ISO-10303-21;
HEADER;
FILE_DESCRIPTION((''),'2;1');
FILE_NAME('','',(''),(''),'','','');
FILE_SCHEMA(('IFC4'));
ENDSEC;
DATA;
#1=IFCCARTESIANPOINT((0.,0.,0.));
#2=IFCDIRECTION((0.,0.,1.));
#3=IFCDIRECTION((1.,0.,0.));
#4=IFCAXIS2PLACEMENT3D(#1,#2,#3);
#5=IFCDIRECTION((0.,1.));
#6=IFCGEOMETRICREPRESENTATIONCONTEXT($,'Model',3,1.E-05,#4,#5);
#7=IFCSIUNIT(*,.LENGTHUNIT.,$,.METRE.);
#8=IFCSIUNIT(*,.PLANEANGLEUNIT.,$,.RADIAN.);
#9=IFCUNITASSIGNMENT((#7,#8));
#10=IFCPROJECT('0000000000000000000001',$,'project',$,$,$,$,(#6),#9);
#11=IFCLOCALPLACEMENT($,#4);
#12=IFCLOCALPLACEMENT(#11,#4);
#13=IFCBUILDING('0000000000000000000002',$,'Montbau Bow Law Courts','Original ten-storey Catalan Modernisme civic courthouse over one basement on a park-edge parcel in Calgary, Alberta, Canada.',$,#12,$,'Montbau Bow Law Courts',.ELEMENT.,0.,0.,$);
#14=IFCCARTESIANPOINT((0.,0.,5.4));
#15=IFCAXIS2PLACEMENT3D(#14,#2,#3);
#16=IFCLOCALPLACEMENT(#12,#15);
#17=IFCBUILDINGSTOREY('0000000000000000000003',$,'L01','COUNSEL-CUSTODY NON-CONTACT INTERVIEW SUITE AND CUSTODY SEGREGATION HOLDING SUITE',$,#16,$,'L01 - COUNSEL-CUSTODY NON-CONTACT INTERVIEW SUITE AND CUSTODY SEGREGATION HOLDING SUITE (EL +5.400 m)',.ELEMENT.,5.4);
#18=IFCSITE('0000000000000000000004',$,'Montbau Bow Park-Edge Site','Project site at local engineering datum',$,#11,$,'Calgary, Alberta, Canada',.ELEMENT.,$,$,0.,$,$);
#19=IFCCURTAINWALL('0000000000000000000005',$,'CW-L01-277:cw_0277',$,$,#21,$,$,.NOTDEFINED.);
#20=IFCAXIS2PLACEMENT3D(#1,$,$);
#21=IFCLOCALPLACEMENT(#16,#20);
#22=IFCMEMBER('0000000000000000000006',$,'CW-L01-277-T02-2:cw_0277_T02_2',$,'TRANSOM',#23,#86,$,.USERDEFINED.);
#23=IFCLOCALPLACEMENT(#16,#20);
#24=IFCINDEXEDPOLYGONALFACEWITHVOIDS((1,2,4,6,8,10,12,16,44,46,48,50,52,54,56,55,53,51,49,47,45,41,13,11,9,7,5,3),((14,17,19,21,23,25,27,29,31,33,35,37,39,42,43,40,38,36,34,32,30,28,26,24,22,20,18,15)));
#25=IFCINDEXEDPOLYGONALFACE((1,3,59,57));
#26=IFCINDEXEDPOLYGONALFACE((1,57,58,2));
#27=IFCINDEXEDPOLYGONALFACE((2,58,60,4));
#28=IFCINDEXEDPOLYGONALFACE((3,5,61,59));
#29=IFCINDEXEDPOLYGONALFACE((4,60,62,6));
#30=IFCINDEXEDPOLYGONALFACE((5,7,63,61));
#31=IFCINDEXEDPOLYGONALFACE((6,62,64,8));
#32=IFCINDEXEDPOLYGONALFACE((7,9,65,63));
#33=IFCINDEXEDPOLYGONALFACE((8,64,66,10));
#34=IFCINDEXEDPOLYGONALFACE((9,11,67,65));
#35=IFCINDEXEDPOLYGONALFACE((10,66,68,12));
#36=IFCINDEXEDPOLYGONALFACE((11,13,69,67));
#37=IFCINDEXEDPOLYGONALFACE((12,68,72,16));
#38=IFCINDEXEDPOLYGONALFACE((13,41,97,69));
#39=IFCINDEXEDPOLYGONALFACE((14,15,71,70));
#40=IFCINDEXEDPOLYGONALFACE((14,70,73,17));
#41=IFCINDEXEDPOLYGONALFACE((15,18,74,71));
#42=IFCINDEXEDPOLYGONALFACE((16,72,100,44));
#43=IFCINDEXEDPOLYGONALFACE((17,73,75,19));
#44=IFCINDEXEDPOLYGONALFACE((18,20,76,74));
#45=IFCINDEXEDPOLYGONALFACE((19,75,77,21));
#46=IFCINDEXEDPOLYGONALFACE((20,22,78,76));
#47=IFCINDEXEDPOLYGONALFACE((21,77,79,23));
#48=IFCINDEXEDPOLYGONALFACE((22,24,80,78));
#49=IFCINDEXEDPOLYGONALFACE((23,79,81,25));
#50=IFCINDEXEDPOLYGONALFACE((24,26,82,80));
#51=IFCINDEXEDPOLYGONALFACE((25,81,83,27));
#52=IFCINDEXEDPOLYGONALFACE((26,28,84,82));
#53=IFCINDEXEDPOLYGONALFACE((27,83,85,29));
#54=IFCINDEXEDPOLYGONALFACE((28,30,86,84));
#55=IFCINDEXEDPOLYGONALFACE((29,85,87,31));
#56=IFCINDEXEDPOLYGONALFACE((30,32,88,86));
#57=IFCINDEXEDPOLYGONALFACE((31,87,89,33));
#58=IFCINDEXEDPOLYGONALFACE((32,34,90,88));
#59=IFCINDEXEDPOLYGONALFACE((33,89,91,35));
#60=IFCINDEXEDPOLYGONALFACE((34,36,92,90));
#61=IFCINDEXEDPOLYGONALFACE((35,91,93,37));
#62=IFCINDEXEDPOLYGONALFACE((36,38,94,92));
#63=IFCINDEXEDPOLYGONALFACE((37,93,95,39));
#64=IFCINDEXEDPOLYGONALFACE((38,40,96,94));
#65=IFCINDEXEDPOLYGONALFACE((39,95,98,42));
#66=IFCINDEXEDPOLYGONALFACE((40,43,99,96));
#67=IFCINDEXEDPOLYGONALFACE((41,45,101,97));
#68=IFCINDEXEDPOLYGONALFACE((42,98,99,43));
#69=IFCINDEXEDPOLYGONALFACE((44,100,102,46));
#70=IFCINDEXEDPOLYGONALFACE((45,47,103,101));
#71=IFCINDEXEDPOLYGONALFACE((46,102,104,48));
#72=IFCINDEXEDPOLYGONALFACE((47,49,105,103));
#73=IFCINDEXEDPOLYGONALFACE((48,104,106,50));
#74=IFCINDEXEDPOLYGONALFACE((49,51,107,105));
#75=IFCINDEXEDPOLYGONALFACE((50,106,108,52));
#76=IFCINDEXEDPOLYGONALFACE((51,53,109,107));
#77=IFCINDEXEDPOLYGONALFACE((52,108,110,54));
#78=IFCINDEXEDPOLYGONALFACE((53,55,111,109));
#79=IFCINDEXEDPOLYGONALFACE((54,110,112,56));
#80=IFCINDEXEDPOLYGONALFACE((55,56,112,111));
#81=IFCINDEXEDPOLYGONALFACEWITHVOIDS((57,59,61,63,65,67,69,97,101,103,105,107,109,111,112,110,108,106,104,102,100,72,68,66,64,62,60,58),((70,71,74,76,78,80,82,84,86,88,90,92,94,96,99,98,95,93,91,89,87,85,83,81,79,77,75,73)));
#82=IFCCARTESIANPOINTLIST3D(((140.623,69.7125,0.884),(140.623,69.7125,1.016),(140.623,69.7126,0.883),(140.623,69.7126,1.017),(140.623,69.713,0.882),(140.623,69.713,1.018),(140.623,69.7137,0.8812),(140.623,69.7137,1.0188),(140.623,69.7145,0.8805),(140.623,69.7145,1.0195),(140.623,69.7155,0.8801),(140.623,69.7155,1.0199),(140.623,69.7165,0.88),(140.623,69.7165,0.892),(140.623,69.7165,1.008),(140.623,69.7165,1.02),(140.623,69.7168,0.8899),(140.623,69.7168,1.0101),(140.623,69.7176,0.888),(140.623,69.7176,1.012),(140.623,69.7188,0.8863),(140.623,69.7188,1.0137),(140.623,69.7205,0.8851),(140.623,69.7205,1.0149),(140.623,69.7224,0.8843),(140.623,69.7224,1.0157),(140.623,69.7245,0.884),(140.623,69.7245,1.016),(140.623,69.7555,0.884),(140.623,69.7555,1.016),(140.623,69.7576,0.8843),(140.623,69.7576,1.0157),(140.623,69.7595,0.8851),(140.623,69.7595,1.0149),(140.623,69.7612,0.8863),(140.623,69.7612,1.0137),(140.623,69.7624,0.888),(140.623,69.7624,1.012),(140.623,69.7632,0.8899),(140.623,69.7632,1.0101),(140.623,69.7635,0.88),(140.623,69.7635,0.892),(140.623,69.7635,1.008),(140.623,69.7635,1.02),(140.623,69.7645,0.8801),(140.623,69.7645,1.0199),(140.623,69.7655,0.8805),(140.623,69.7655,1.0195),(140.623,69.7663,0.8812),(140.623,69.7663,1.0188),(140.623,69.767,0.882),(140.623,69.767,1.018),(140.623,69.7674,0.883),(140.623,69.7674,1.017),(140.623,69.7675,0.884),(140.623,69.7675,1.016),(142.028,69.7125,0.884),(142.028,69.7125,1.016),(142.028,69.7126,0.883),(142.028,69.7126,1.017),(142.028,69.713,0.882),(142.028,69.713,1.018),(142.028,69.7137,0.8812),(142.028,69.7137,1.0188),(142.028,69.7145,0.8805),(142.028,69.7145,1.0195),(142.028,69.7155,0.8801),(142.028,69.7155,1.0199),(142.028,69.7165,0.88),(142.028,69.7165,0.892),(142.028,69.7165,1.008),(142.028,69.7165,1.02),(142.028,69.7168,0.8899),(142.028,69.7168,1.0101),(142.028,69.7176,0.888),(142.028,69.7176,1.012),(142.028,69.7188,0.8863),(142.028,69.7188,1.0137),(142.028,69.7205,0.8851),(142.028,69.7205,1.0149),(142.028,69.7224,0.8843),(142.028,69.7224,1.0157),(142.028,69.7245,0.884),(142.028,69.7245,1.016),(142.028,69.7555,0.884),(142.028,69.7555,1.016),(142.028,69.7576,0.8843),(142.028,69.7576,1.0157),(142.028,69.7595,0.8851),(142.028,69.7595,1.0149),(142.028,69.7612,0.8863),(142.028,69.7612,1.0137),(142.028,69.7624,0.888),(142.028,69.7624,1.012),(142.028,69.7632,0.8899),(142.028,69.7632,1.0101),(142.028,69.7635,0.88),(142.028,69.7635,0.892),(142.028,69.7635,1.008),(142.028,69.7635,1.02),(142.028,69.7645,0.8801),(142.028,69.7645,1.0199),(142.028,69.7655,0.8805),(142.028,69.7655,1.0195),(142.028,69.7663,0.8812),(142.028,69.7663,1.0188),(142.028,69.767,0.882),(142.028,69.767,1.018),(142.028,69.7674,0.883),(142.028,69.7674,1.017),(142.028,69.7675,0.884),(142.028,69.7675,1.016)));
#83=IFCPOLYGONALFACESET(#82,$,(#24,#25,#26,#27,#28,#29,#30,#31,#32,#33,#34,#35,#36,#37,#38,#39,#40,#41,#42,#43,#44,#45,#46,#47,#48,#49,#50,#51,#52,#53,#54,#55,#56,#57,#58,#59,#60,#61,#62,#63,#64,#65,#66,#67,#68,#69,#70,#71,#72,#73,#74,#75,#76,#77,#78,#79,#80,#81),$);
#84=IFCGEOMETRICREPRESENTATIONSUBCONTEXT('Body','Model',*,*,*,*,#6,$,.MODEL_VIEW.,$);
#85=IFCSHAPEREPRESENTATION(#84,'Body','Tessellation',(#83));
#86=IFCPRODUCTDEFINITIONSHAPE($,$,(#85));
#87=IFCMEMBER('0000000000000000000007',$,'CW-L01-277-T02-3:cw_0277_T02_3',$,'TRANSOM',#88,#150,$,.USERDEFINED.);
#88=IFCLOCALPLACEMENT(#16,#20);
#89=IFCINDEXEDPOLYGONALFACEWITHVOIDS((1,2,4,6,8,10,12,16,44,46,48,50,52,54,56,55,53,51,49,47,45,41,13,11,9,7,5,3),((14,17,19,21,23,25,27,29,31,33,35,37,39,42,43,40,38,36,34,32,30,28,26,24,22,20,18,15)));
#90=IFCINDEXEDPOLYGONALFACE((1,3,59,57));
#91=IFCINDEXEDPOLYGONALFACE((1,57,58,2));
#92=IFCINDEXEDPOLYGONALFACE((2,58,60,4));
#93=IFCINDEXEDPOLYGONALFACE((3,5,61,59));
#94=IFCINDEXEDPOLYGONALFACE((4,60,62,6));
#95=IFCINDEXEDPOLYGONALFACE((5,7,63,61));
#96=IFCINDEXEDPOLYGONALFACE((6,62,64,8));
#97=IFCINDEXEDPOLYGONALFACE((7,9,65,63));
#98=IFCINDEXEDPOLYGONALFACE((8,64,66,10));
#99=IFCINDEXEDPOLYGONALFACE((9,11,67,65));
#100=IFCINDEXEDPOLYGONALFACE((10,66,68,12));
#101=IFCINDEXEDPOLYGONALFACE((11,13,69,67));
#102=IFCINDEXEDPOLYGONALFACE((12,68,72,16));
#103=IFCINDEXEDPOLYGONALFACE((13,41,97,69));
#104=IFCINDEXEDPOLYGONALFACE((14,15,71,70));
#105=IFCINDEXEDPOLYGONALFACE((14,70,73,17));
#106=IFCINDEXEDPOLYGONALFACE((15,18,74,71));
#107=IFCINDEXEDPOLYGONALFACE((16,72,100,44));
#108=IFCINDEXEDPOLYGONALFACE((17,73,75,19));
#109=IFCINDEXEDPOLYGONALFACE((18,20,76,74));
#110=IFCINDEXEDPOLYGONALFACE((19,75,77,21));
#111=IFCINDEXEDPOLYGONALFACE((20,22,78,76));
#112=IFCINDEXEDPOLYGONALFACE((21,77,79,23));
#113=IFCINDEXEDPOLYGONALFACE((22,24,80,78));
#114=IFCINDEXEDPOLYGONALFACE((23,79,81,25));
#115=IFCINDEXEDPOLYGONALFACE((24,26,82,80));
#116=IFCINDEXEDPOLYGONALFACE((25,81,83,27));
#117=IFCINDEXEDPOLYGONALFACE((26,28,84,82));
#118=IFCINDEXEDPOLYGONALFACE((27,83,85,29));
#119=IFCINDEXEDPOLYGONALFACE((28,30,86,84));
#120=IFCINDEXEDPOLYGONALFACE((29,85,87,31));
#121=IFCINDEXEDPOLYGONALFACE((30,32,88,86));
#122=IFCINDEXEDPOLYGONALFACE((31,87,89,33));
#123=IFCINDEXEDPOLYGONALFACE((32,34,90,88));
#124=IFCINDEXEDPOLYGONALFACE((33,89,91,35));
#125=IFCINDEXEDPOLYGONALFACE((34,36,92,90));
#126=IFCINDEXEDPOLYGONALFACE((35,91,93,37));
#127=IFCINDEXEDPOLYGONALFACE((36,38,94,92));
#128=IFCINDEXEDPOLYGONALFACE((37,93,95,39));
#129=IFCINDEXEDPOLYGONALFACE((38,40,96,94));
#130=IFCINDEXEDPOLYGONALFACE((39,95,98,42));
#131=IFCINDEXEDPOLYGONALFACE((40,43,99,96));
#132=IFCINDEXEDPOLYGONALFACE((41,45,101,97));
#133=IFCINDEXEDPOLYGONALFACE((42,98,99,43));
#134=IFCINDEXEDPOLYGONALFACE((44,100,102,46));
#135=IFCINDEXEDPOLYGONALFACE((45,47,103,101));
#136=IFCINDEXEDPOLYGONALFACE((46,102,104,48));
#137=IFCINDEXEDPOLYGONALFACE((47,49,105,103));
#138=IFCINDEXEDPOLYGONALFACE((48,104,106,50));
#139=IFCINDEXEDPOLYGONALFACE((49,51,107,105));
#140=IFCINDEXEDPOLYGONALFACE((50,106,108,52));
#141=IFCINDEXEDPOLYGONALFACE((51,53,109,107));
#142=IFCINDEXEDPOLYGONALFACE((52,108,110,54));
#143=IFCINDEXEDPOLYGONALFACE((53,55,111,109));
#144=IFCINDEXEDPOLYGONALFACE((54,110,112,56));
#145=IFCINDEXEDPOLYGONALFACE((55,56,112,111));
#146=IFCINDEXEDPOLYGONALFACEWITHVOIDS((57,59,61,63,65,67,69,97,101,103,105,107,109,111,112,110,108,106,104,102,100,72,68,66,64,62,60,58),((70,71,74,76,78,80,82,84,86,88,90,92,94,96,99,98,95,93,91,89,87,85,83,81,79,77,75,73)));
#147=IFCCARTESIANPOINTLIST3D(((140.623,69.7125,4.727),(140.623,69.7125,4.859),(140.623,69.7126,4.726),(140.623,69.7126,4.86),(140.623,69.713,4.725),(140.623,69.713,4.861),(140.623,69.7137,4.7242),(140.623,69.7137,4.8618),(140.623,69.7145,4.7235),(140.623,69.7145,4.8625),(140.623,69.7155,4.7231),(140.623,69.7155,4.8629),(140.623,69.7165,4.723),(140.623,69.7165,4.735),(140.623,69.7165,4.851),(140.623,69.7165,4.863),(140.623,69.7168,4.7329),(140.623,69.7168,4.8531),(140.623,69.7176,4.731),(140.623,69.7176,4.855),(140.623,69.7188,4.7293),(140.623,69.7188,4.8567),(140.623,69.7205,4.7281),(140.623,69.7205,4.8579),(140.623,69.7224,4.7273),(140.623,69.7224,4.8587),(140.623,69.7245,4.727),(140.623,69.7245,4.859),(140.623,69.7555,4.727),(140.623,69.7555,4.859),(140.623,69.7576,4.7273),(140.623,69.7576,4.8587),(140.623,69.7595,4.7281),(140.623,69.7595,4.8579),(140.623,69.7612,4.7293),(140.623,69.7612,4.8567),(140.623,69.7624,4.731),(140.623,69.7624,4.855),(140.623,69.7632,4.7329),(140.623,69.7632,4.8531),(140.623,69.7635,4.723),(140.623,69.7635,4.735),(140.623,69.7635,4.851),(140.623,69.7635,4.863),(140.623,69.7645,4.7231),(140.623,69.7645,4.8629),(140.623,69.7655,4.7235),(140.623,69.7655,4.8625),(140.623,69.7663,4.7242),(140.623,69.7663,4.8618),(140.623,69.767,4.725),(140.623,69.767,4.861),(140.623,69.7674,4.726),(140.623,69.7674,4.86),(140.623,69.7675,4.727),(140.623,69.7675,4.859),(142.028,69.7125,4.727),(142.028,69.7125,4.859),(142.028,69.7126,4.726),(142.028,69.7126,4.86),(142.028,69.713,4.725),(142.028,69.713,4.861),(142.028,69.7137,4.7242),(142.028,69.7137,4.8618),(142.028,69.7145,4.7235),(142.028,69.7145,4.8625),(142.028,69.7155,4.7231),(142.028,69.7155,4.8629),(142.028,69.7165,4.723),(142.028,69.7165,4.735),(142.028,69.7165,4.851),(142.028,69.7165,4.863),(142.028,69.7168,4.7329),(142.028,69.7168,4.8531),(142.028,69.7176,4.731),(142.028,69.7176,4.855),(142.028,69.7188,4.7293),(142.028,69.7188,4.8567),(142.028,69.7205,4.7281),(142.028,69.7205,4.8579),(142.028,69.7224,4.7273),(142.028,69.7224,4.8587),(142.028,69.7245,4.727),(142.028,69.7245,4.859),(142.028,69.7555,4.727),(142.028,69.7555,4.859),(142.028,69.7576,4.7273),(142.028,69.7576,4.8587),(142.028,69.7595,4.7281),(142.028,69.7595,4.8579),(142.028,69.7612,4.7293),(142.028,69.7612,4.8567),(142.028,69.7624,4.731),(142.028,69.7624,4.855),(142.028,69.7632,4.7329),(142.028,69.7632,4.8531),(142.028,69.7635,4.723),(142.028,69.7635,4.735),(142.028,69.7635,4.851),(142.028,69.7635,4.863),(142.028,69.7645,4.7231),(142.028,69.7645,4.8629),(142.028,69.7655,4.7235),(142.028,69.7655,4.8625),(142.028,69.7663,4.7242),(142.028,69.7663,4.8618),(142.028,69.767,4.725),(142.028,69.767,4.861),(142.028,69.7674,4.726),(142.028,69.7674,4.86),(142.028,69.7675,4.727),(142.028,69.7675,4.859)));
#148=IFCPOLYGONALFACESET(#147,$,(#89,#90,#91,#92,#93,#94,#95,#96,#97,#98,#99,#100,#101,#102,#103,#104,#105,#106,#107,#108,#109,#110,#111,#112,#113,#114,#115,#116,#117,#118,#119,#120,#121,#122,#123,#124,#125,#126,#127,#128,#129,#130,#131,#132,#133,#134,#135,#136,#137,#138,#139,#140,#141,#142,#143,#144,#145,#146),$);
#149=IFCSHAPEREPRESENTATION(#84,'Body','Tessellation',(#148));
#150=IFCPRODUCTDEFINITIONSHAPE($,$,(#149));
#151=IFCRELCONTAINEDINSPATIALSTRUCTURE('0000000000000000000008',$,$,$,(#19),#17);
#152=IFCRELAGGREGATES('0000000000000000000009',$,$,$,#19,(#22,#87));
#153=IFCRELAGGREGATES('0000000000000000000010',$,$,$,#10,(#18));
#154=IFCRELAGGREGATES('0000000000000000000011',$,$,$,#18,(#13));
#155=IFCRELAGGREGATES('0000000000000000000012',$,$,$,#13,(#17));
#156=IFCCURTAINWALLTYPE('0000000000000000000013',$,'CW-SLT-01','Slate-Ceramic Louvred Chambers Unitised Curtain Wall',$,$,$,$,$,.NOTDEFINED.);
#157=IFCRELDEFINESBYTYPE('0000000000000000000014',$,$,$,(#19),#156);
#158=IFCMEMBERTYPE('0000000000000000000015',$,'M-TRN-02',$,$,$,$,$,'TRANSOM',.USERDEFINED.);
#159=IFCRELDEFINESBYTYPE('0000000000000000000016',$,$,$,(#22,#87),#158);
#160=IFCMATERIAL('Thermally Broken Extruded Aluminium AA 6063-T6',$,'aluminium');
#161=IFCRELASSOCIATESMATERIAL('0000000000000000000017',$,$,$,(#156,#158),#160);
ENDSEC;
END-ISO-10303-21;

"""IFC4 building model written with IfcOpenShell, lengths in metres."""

from ifc_helpers import new_model, si_unit, direction, frame, origin_with_axes, origin_2d_with_axis, place, context, subcontext, project, spatial, hollow_rectangle, extrude, material, material_profile, profile_set, type_object, element, aggregate, save


model = new_model("IFC4")

# Units and contexts
model_context = context("Model", 3, precision=1e-05, world=origin_with_axes(), true_north=direction((0.0, 1.0)))
body_context = subcontext(model_context, "Body", "Model", "MODEL_VIEW")
ifc_project = project(units=[si_unit("LENGTHUNIT", "METRE"), si_unit("PLANEANGLEUNIT", "RADIAN")], contexts=[model_context])

# Site, building, storey
site_placement = place(None, origin_with_axes())
site = spatial("IfcSite", under=ifc_project, at=site_placement, Name="Montbau Bow Park-Edge Site", Description="Project site at local engineering datum", LongName="Calgary, Alberta, Canada", CompositionType="ELEMENT", RefElevation=0.0)
building_placement = place(site_placement, origin_with_axes())
building = spatial("IfcBuilding", under=site, at=building_placement, Name="Montbau Bow Law Courts", Description="Original ten-storey Catalan Modernisme civic courthouse over one basement on a park-edge parcel in Calgary, Alberta, Canada.", LongName="Montbau Bow Law Courts", CompositionType="ELEMENT", ElevationOfRefHeight=0.0, ElevationOfTerrain=0.0)
storey_placement = place(building_placement, frame((0.0, 0.0, 5.4), z_axis=(0.0, 0.0, 1.0), x_axis=(1.0, 0.0, 0.0)))
storey = spatial("IfcBuildingStorey", under=building, at=storey_placement, Name="L01", Description="COUNSEL-CUSTODY NON-CONTACT INTERVIEW SUITE AND CUSTODY SEGREGATION HOLDING SUITE", LongName="L01 - COUNSEL-CUSTODY NON-CONTACT INTERVIEW SUITE AND CUSTODY SEGREGATION HOLDING SUITE (EL +5.400 m)", CompositionType="ELEMENT", Elevation=5.4)

# Curtain wall, members
ifc_material_1 = material(Name="Thermally Broken Extruded Aluminium AA 6063-T6", Category="aluminium")
curtain_wall_type = type_object("IfcCurtainWallType", Name="CW-SLT-01", Description="Slate-Ceramic Louvred Chambers Unitised Curtain Wall", PredefinedType="NOTDEFINED", material=ifc_material_1)
curtain_wall_1_placement = place(None, frame((139.115, 69.74, 5.4), z_axis=(0.0, 0.0, 1.0), x_axis=(1.0, 0.0, 0.0)))
curtain_wall_1 = element("IfcCurtainWall", 1, at=curtain_wall_1_placement, inside=storey, type_object=curtain_wall_type, Name="CW-L01-277:cw_0277", PredefinedType="NOTDEFINED")
ifc_material_profile = material_profile(ifc_material_1, hollow_rectangle(XDim=0.055, YDim=0.14, WallThickness=0.004, InnerFilletRadius=0.008, OuterFilletRadius=0.004, at=origin_2d_with_axis()), Name="CWT-140X55", Category="Main", Priority=0)
ifc_profile_set = profile_set([ifc_material_profile], Name="Thermally Broken Extruded Aluminium AA 6063-T6")
member_type = type_object("IfcMemberType", Name="M-TRN-02", ElementType="TRANSOM", PredefinedType="USERDEFINED", material=ifc_profile_set)
member_1_placement = place(None, frame((140.623, 69.74, 6.35), z_axis=(1.0, 0.0, 0.0), x_axis=(0.0, 1.0, 0.0)))
member_1 = element("IfcMember", 2, at=member_1_placement, type_object=member_type, Name="CW-L01-277-T02-2:cw_0277_T02_2", ObjectType="TRANSOM", PredefinedType="USERDEFINED", context=body_context, shape_type="SweptSolid", body=[
    extrude(hollow_rectangle(XDim=0.055, YDim=0.14, WallThickness=0.004, InnerFilletRadius=0.008, OuterFilletRadius=0.004, at=origin_2d_with_axis()), origin_with_axes(), (0.0, 0.0, 1.0), 1.405),
])
member_2_placement = place(None, frame((140.623, 69.74, 10.193), z_axis=(1.0, 0.0, 0.0), x_axis=(0.0, 1.0, 0.0)))
member_2 = element("IfcMember", 3, at=member_2_placement, type_object=member_type, Name="CW-L01-277-T02-3:cw_0277_T02_3", ObjectType="TRANSOM", PredefinedType="USERDEFINED", context=body_context, shape_type="SweptSolid", body=[
    extrude(hollow_rectangle(XDim=0.055, YDim=0.14, WallThickness=0.004, InnerFilletRadius=0.008, OuterFilletRadius=0.004, at=origin_2d_with_axis()), origin_with_axes(), (0.0, 0.0, 1.0), 1.405),
])

aggregate(curtain_wall_1, [member_1, member_2])

save(model, "model.ifc")
